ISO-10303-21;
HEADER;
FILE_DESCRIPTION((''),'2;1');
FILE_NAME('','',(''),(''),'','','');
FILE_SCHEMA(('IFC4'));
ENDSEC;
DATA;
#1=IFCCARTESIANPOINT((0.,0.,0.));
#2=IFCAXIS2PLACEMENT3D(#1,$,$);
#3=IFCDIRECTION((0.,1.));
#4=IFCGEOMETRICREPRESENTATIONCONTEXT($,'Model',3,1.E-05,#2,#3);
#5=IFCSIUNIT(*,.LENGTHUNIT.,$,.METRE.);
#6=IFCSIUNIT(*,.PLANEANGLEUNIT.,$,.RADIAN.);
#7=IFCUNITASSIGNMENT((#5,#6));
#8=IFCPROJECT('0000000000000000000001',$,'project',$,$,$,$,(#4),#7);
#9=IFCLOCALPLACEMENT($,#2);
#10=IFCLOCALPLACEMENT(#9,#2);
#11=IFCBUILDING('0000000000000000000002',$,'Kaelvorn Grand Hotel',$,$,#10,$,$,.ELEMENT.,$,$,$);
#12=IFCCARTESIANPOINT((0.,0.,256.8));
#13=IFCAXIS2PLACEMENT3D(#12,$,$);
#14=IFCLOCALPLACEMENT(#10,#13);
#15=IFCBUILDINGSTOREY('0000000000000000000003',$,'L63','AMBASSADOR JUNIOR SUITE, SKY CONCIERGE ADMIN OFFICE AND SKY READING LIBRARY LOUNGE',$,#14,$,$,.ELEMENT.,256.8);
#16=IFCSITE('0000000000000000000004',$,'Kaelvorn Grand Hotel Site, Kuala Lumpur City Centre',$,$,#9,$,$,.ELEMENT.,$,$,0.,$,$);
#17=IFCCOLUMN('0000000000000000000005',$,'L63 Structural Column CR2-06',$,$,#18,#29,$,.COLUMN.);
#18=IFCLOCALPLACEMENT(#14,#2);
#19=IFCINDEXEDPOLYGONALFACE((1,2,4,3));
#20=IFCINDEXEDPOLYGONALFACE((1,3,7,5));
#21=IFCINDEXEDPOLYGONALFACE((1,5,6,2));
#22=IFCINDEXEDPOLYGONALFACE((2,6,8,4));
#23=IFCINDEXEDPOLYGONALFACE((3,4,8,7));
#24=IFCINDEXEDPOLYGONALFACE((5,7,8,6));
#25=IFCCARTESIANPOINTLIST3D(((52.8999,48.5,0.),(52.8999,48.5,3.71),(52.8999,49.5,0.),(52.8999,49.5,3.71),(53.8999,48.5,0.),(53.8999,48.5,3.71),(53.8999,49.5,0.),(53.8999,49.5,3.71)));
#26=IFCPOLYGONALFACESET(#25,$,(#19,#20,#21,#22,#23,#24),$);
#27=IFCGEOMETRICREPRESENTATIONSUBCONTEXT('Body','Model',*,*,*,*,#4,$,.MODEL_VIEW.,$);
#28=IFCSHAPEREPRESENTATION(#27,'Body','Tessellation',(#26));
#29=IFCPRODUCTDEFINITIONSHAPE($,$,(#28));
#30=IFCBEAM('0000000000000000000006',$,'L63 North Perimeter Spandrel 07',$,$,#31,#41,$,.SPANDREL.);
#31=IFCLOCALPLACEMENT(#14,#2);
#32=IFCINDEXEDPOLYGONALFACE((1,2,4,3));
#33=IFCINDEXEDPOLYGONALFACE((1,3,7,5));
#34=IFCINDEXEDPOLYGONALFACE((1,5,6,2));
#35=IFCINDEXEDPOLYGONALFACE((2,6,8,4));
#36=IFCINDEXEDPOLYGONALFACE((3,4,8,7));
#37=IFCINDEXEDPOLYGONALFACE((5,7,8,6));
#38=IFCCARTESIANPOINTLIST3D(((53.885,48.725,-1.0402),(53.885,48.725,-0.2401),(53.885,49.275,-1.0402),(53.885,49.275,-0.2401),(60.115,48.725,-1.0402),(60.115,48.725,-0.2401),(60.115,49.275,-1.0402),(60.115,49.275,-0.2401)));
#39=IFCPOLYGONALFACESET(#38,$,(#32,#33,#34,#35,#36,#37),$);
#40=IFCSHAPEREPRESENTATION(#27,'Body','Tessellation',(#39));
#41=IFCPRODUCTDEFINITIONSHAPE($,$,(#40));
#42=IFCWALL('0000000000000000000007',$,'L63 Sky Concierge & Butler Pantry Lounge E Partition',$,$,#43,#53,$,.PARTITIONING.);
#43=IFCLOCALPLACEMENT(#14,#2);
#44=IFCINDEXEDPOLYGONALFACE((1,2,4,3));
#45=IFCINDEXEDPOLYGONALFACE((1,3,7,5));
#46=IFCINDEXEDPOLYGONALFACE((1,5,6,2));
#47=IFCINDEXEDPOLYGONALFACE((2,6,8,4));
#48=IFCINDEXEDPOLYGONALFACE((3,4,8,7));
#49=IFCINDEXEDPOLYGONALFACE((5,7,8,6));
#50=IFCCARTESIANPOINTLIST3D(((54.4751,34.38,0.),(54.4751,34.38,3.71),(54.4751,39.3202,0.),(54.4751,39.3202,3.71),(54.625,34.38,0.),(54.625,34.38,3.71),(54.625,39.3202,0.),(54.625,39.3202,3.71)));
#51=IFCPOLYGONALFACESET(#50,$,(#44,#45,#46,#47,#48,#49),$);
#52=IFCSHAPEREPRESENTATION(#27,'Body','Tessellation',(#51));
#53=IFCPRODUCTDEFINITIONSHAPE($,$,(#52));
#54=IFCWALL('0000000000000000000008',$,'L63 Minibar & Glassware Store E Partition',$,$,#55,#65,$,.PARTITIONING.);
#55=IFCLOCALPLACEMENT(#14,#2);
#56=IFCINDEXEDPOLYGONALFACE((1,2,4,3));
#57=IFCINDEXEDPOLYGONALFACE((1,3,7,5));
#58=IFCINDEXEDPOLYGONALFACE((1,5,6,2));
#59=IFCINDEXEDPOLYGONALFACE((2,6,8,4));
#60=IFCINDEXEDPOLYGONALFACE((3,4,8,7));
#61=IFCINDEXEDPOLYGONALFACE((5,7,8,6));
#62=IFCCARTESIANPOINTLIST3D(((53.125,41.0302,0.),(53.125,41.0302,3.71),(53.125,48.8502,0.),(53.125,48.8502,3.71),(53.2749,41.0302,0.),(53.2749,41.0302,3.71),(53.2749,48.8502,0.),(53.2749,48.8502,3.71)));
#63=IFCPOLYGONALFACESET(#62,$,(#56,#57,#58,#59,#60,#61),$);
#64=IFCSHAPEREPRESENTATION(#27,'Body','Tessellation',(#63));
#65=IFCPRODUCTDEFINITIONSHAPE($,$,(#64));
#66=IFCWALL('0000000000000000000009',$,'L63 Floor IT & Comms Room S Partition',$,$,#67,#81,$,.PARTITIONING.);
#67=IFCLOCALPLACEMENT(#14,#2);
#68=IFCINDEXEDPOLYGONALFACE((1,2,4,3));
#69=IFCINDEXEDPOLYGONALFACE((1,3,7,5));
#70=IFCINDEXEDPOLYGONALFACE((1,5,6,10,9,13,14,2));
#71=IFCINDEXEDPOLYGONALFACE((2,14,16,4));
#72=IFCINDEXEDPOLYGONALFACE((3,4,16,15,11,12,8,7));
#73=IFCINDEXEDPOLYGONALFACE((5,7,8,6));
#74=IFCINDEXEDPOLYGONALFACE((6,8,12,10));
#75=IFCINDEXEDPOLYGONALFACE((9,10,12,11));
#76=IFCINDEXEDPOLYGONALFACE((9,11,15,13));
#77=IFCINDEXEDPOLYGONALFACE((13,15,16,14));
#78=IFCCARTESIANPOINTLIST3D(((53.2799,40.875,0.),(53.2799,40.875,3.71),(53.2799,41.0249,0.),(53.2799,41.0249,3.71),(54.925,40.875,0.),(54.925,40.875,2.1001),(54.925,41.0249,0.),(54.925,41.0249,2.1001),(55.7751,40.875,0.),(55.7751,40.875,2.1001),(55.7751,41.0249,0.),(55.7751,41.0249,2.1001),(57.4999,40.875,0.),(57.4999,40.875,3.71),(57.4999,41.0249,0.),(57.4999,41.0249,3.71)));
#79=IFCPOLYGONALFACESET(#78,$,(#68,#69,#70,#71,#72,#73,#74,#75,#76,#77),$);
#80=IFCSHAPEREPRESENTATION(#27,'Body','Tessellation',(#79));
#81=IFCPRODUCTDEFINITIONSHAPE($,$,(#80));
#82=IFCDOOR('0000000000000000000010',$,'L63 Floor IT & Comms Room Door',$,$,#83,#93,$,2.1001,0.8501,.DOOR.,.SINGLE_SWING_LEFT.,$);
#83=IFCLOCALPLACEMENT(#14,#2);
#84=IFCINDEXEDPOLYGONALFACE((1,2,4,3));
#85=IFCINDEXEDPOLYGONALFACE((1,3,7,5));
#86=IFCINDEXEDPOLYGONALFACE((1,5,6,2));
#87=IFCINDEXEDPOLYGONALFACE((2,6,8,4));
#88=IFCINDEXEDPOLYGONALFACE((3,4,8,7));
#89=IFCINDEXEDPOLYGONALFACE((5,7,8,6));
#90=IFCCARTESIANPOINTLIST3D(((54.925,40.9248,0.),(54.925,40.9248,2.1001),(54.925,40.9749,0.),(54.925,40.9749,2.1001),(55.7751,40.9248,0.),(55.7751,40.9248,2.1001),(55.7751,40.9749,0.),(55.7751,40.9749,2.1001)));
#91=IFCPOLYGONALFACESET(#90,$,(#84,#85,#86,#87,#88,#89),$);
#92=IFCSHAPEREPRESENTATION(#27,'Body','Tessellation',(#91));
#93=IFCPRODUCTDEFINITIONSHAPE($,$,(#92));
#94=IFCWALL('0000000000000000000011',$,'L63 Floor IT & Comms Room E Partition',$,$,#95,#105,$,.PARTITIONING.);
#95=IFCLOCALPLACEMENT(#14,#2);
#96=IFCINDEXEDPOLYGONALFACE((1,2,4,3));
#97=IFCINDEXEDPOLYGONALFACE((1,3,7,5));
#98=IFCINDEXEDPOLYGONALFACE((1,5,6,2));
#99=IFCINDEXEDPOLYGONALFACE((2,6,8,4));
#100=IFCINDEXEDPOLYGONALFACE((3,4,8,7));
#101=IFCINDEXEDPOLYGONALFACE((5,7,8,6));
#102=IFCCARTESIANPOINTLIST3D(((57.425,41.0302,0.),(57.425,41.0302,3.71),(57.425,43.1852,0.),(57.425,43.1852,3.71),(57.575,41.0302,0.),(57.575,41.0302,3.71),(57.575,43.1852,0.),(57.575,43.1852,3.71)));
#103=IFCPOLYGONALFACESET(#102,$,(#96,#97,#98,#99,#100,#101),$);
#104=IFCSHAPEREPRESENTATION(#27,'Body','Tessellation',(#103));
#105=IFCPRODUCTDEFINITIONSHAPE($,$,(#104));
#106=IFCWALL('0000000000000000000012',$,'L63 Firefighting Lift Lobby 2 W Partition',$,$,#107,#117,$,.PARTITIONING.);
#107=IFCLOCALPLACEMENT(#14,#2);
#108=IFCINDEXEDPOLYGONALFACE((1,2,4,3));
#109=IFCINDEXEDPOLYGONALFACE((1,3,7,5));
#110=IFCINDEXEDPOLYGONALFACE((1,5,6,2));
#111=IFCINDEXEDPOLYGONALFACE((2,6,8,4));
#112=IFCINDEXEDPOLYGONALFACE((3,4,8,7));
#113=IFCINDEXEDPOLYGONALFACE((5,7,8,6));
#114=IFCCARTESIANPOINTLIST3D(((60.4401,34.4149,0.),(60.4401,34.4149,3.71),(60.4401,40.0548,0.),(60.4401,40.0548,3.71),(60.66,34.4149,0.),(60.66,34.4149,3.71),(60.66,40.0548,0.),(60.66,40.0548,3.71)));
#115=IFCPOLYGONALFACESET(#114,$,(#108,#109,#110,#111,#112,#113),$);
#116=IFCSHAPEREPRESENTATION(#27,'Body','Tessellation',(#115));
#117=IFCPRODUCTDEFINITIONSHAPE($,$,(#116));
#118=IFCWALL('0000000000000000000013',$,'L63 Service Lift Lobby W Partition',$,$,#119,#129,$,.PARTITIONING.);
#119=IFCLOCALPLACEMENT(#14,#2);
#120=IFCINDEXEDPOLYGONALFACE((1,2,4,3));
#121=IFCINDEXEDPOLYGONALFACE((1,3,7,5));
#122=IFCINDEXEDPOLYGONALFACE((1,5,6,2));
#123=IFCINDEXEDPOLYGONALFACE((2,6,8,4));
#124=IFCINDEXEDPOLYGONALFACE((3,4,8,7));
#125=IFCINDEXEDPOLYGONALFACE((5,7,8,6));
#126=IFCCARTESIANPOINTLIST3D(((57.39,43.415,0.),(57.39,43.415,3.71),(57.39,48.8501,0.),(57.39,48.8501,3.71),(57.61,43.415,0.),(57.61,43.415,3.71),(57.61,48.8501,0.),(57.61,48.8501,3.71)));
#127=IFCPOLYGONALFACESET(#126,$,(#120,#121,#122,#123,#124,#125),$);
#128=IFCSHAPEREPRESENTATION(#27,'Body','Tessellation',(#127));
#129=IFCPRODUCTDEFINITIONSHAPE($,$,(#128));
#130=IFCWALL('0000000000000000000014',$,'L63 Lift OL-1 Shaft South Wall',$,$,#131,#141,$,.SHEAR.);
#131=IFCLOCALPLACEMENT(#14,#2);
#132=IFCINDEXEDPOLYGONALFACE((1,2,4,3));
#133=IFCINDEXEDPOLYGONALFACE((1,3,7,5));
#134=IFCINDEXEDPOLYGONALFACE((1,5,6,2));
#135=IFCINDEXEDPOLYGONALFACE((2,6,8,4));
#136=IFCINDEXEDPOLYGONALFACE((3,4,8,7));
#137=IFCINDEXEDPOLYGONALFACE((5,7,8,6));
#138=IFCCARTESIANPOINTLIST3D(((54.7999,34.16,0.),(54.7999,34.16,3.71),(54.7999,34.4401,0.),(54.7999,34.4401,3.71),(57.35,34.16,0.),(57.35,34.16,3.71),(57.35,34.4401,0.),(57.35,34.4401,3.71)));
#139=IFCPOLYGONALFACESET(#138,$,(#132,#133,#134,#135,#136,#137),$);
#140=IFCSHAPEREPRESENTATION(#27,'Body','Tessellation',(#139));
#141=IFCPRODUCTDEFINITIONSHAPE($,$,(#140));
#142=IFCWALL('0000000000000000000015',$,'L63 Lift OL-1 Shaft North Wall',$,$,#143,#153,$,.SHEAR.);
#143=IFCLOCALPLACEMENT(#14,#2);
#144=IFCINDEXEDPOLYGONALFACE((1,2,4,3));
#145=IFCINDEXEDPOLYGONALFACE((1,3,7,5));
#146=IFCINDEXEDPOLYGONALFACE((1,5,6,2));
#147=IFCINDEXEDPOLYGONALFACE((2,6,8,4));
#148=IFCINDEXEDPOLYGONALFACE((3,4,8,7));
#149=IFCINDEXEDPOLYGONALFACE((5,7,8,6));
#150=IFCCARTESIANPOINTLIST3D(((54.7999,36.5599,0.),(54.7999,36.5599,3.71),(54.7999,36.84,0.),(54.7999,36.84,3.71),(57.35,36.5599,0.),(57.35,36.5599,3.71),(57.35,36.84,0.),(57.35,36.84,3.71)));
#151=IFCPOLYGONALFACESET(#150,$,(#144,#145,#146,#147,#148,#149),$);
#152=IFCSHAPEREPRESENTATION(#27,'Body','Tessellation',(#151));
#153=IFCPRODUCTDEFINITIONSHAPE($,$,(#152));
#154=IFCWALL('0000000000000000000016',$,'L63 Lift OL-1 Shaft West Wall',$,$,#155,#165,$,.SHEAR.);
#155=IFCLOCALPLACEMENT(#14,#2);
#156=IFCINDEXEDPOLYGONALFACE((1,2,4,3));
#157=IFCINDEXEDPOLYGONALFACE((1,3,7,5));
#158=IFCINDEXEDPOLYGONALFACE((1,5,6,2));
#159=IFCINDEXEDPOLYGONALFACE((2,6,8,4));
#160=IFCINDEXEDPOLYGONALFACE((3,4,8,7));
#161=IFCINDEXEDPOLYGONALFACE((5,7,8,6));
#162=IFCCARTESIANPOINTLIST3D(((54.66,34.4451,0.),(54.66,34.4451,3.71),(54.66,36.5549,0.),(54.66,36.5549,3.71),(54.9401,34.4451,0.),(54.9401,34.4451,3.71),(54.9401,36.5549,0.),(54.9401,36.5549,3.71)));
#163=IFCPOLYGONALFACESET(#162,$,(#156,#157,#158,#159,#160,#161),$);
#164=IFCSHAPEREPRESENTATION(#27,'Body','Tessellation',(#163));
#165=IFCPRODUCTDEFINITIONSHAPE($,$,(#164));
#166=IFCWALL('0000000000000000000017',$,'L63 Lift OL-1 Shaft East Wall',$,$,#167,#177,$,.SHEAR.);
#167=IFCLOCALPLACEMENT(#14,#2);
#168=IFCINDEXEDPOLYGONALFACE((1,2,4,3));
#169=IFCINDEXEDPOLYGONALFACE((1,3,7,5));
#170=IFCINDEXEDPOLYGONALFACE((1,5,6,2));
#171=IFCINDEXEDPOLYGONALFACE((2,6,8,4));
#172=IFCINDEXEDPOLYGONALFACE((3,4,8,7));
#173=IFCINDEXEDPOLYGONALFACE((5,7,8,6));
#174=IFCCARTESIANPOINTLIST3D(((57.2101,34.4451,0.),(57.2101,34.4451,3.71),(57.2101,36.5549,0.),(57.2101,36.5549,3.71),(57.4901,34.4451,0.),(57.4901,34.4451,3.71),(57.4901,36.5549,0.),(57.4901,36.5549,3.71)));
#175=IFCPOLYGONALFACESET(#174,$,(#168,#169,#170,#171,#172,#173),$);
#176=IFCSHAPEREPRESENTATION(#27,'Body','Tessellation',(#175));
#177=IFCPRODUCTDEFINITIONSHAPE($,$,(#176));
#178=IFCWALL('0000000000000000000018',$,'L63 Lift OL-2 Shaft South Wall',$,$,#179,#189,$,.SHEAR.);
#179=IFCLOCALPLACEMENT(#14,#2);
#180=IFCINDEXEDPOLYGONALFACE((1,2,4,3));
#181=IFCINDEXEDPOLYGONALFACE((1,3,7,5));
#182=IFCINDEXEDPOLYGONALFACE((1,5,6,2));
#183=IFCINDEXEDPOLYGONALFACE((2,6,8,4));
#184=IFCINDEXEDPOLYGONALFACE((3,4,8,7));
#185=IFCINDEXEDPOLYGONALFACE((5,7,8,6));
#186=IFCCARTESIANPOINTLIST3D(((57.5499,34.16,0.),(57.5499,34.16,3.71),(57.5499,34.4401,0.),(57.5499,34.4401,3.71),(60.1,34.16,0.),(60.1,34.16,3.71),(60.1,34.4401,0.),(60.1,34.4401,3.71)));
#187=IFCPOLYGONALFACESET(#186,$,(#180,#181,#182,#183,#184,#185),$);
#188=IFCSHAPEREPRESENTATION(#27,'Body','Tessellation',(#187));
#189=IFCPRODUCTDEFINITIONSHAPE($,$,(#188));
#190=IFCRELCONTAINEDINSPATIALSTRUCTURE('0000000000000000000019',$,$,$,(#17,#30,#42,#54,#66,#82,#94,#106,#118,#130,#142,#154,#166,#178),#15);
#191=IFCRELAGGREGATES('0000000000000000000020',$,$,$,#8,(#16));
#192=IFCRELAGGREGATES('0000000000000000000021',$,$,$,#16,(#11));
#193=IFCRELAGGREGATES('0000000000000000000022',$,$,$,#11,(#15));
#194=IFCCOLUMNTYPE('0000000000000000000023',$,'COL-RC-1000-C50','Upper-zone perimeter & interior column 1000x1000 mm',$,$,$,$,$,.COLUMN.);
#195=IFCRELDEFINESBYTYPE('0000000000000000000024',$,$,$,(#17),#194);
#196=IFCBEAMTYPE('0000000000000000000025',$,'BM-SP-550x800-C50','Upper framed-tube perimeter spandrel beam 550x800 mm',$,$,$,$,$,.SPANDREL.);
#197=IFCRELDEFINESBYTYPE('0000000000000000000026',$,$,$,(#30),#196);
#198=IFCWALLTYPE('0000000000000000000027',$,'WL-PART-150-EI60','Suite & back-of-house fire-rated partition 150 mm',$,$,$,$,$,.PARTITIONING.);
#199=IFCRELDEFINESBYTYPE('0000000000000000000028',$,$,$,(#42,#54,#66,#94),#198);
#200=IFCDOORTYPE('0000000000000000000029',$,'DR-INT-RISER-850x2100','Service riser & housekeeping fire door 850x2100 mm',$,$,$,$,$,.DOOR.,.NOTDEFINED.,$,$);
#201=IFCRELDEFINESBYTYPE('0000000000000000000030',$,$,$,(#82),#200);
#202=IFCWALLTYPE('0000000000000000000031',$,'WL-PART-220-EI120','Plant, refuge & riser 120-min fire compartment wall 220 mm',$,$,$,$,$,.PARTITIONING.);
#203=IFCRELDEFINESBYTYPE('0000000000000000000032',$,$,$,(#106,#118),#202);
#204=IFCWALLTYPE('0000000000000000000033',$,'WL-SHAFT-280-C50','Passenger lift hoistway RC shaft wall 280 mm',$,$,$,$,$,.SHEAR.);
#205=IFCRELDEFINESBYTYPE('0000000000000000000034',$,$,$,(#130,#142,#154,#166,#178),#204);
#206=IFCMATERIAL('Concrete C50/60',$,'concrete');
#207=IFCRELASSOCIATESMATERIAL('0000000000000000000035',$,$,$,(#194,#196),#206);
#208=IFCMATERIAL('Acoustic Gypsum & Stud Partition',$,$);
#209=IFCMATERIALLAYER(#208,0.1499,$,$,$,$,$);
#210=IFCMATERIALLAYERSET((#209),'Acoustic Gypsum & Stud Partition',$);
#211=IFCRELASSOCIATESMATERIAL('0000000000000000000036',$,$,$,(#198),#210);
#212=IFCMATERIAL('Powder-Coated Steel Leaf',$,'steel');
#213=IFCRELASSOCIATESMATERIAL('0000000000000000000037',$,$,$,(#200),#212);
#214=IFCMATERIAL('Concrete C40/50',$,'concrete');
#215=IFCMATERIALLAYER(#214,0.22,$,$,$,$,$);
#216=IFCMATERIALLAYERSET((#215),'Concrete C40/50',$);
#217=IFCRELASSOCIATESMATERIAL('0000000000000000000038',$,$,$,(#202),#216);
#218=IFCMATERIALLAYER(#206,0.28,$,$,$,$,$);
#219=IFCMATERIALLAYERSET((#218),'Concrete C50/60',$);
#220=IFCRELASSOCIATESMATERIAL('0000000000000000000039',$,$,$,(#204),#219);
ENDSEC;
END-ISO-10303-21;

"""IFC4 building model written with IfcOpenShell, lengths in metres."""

from ifc_helpers import new_model, si_unit, direction, frame, frame_2d, origin, origin_2d, place, context, subcontext, project, spatial, rectangle, extrude, material, layer, layer_set, material_profile, profile_set, type_object, element, fill, save


model = new_model("IFC4")

# Units and contexts
model_context = context("Model", 3, precision=1e-05, world=origin(), true_north=direction((0.0, 1.0)))
body_context = subcontext(model_context, "Body", "Model", "MODEL_VIEW")
ifc_project = project(units=[si_unit("LENGTHUNIT", "METRE"), si_unit("PLANEANGLEUNIT", "RADIAN")], contexts=[model_context])

# Site, building, storey
site_placement = place(None, origin())
site = spatial("IfcSite", under=ifc_project, at=site_placement, Name="Kaelvorn Grand Hotel Site, Kuala Lumpur City Centre", CompositionType="ELEMENT", RefElevation=0.0)
building_placement = place(site_placement, origin())
building = spatial("IfcBuilding", under=site, at=building_placement, Name="Kaelvorn Grand Hotel", CompositionType="ELEMENT")
storey_placement = place(building_placement, frame((0.0, 0.0, 256.8)))
storey = spatial("IfcBuildingStorey", under=building, at=storey_placement, Name="L63", Description="AMBASSADOR JUNIOR SUITE, SKY CONCIERGE ADMIN OFFICE AND SKY READING LIBRARY LOUNGE", CompositionType="ELEMENT", Elevation=256.8)

# Column
ifc_material_1 = material(Name="Concrete C50/60", Category="concrete")
ifc_material_profile_1 = material_profile(ifc_material_1, rectangle(XDim=1.0, YDim=1.0, at=origin_2d()), Name="RC COL 1000x1000")
ifc_profile_set_1 = profile_set([ifc_material_profile_1], Name="Concrete C50/60")
column_type = type_object("IfcColumnType", Name="COL-RC-1000-C50", Description="Upper-zone perimeter & interior column 1000x1000 mm", PredefinedType="COLUMN", material=ifc_profile_set_1)
column_placement = place(storey_placement, frame((53.3999, 49.0, 0.0), z_axis=(0.0, 0.0, 1.0), x_axis=(1.0, 0.0, 0.0)))
element("IfcColumn", 1, at=column_placement, inside=storey, type_object=column_type, Name="L63 Structural Column CR2-06", PredefinedType="COLUMN", context=body_context, shape_type="SweptSolid", body=[
    extrude(rectangle(XDim=1.0, YDim=1.0, at=origin_2d()), origin(), (0.0, 0.0, 1.0), 3.71),
])

# Beam
ifc_material_profile_2 = material_profile(ifc_material_1, rectangle(XDim=0.55, YDim=0.8, at=origin_2d()), Name="RC SPANDREL 550x800")
ifc_profile_set_2 = profile_set([ifc_material_profile_2], Name="Concrete C50/60")
beam_type = type_object("IfcBeamType", Name="BM-SP-550x800-C50", Description="Upper framed-tube perimeter spandrel beam 550x800 mm", PredefinedType="SPANDREL", material=ifc_profile_set_2)
beam_placement = place(storey_placement, frame((53.885, 49.0, -0.6401), z_axis=(1.0, 0.0, 0.0), x_axis=(0.0, 1.0, 0.0)))
element("IfcBeam", 2, at=beam_placement, inside=storey, type_object=beam_type, Name="L63 North Perimeter Spandrel 07", PredefinedType="SPANDREL", context=body_context, shape_type="SweptSolid", body=[
    extrude(rectangle(XDim=0.55, YDim=0.8, at=origin_2d()), origin(), (0.0, 0.0, 1.0), 6.23),
])

# Walls
ifc_material_2 = material(Name="Acoustic Gypsum & Stud Partition")
ifc_layer_1 = layer(ifc_material_2, 0.1499)
ifc_layer_set_1 = layer_set([ifc_layer_1], Name="Acoustic Gypsum & Stud Partition")
wall_type_1 = type_object("IfcWallType", Name="WL-PART-150-EI60", Description="Suite & back-of-house fire-rated partition 150 mm", PredefinedType="PARTITIONING", material=ifc_layer_set_1)
wall_1_placement = place(storey_placement, frame((54.55, 34.3799, 0.0), z_axis=(0.0, 0.0, 1.0), x_axis=(0.0, 1.0, 0.0)))
element("IfcWall", 3, at=wall_1_placement, inside=storey, type_object=wall_type_1, Name="L63 Sky Concierge & Butler Pantry Lounge E Partition", PredefinedType="PARTITIONING", context=body_context, shape_type="SweptSolid", body=[
    extrude(rectangle(XDim=4.9402, YDim=0.1499, at=frame_2d((2.4702, 0.0))), origin(), (0.0, 0.0, 1.0), 3.71),
])
wall_2_placement = place(storey_placement, frame((53.2, 41.03, 0.0), z_axis=(0.0, 0.0, 1.0), x_axis=(0.0, 1.0, 0.0)))
element("IfcWall", 4, at=wall_2_placement, inside=storey, type_object=wall_type_1, Name="L63 Minibar & Glassware Store E Partition", PredefinedType="PARTITIONING", context=body_context, shape_type="SweptSolid", body=[
    extrude(rectangle(XDim=7.8201, YDim=0.1499, at=frame_2d((3.9102, 0.0))), origin(), (0.0, 0.0, 1.0), 3.71),
])

# Wall, opening, door
wall_3_placement = place(storey_placement, frame((53.28, 40.95, 0.0), z_axis=(0.0, 0.0, 1.0), x_axis=(1.0, 0.0, 0.0)))
wall_3 = element("IfcWall", 5, at=wall_3_placement, inside=storey, type_object=wall_type_1, Name="L63 Floor IT & Comms Room S Partition", PredefinedType="PARTITIONING", context=body_context, shape_type="SweptSolid", body=[
    extrude(rectangle(XDim=4.22, YDim=0.1499, at=frame_2d((2.1099, 0.0))), origin(), (0.0, 0.0, 1.0), 3.71),
])
opening_1_placement = place(wall_3_placement, frame((1.645, 0.0, 0.0)))
opening_1 = element("IfcOpeningElement", 6, at=opening_1_placement, cuts=wall_3, PredefinedType="OPENING", context=body_context, shape_type="SweptSolid", body=[
    extrude(rectangle(XDim=0.8501, YDim=2.1001, at=frame_2d((0.425, 1.05))), frame((0.0, 0.085, 0.0), z_axis=(0.0, -1.0, 0.0), x_axis=(1.0, 0.0, 0.0)), (0.0, 0.0, 1.0), 0.1699),
])
ifc_material_3 = material(Name="Powder-Coated Steel Leaf", Category="steel")
door_type_1 = type_object("IfcDoorType", Name="DR-INT-RISER-850x2100", Description="Service riser & housekeeping fire door 850x2100 mm", OperationType="NOTDEFINED", PredefinedType="DOOR", material=ifc_material_3)
door_1_placement = place(opening_1_placement, origin())
door_1 = element("IfcDoor", 7, at=door_1_placement, inside=storey, type_object=door_type_1, Name="L63 Floor IT & Comms Room Door", OperationType="SINGLE_SWING_LEFT", OverallHeight=2.1001, OverallWidth=0.8501, PredefinedType="DOOR", context=body_context, shape_type="SweptSolid", body=[
    extrude(rectangle(XDim=0.8501, YDim=2.1001, at=frame_2d((0.425, 1.05))), frame((0.0, 0.0249, 0.0), z_axis=(0.0, -1.0, 0.0), x_axis=(1.0, 0.0, 0.0)), (0.0, 0.0, 1.0), 0.05),
])
fill(opening_1, door_1)

# Wall
wall_4_placement = place(storey_placement, frame((57.5, 41.03, 0.0), z_axis=(0.0, 0.0, 1.0), x_axis=(0.0, 1.0, 0.0)))
element("IfcWall", 8, at=wall_4_placement, inside=storey, type_object=wall_type_1, Name="L63 Floor IT & Comms Room E Partition", PredefinedType="PARTITIONING", context=body_context, shape_type="SweptSolid", body=[
    extrude(rectangle(XDim=2.155, YDim=0.1499, at=frame_2d((1.0776, 0.0))), origin(), (0.0, 0.0, 1.0), 3.71),
])

# Shared definitions
ifc_material_4 = material(Name="Concrete C40/50", Category="concrete")
ifc_layer_2 = layer(ifc_material_4, 0.22)
ifc_layer_set_2 = layer_set([ifc_layer_2], Name="Concrete C40/50")
wall_type_2 = type_object("IfcWallType", Name="WL-PART-220-EI120", Description="Plant, refuge & riser 120-min fire compartment wall 220 mm", PredefinedType="PARTITIONING", material=ifc_layer_set_2)

# Wall
wall_5_placement = place(storey_placement, frame((60.55, 34.415, 0.0), z_axis=(0.0, 0.0, 1.0), x_axis=(0.0, 1.0, 0.0)))
element("IfcWall", 9, at=wall_5_placement, inside=storey, type_object=wall_type_2, Name="L63 Firefighting Lift Lobby 2 W Partition", PredefinedType="PARTITIONING", context=body_context, shape_type="SweptSolid", body=[
    extrude(rectangle(XDim=5.6399, YDim=0.22, at=frame_2d((2.8198, 0.0))), origin(), (0.0, 0.0, 1.0), 3.71),
])

# Walls
wall_6_placement = place(storey_placement, frame((57.5, 43.415, 0.0), z_axis=(0.0, 0.0, 1.0), x_axis=(0.0, 1.0, 0.0)))
element("IfcWall", 10, at=wall_6_placement, inside=storey, type_object=wall_type_2, Name="L63 Service Lift Lobby W Partition", PredefinedType="PARTITIONING", context=body_context, shape_type="SweptSolid", body=[
    extrude(rectangle(XDim=5.4351, YDim=0.22, at=frame_2d((2.7175, 0.0))), origin(), (0.0, 0.0, 1.0), 3.71),
])
ifc_layer_3 = layer(ifc_material_1, 0.28)
ifc_layer_set_3 = layer_set([ifc_layer_3], Name="Concrete C50/60")
wall_type_3 = type_object("IfcWallType", Name="WL-SHAFT-280-C50", Description="Passenger lift hoistway RC shaft wall 280 mm", PredefinedType="SHEAR", material=ifc_layer_set_3)
for number, where, z_axis, x_axis, name in (
    (11, (54.8, 34.3, 0.0), (0.0, 0.0, 1.0), (1.0, 0.0, 0.0), "L63 Lift OL-1 Shaft South Wall"),
    (12, (54.8, 36.7, 0.0), (0.0, 0.0, 1.0), (1.0, 0.0, 0.0), "L63 Lift OL-1 Shaft North Wall"),
):
    element("IfcWall", number, at=place(storey_placement, frame(where, z_axis=z_axis, x_axis=x_axis)), inside=storey, type_object=wall_type_3, Name=name, PredefinedType="SHEAR", context=body_context, shape_type="SweptSolid", body=[
        extrude(rectangle(XDim=2.55, YDim=0.28, at=frame_2d((1.2749, 0.0))), origin(), (0.0, 0.0, 1.0), 3.71),
    ])
for number, where, z_axis, x_axis, name in (
    (13, (54.8, 34.4451, 0.0), (0.0, 0.0, 1.0), (0.0, 1.0, 0.0), "L63 Lift OL-1 Shaft West Wall"),
    (14, (57.3501, 34.4451, 0.0), (0.0, 0.0, 1.0), (0.0, 1.0, 0.0), "L63 Lift OL-1 Shaft East Wall"),
):
    element("IfcWall", number, at=place(storey_placement, frame(where, z_axis=z_axis, x_axis=x_axis)), inside=storey, type_object=wall_type_3, Name=name, PredefinedType="SHEAR", context=body_context, shape_type="SweptSolid", body=[
        extrude(rectangle(XDim=2.1099, YDim=0.28, at=frame_2d((1.0549, 0.0))), origin(), (0.0, 0.0, 1.0), 3.71),
    ])
for number, where, z_axis, x_axis, name in (
    (15, (57.55, 34.3, 0.0), (0.0, 0.0, 1.0), (1.0, 0.0, 0.0), "L63 Lift OL-2 Shaft South Wall"),
):
    element("IfcWall", number, at=place(storey_placement, frame(where, z_axis=z_axis, x_axis=x_axis)), inside=storey, type_object=wall_type_3, Name=name, PredefinedType="SHEAR", context=body_context, shape_type="SweptSolid", body=[
        extrude(rectangle(XDim=2.55, YDim=0.28, at=frame_2d((1.2749, 0.0))), origin(), (0.0, 0.0, 1.0), 3.71),
    ])

save(model, "model.ifc")
